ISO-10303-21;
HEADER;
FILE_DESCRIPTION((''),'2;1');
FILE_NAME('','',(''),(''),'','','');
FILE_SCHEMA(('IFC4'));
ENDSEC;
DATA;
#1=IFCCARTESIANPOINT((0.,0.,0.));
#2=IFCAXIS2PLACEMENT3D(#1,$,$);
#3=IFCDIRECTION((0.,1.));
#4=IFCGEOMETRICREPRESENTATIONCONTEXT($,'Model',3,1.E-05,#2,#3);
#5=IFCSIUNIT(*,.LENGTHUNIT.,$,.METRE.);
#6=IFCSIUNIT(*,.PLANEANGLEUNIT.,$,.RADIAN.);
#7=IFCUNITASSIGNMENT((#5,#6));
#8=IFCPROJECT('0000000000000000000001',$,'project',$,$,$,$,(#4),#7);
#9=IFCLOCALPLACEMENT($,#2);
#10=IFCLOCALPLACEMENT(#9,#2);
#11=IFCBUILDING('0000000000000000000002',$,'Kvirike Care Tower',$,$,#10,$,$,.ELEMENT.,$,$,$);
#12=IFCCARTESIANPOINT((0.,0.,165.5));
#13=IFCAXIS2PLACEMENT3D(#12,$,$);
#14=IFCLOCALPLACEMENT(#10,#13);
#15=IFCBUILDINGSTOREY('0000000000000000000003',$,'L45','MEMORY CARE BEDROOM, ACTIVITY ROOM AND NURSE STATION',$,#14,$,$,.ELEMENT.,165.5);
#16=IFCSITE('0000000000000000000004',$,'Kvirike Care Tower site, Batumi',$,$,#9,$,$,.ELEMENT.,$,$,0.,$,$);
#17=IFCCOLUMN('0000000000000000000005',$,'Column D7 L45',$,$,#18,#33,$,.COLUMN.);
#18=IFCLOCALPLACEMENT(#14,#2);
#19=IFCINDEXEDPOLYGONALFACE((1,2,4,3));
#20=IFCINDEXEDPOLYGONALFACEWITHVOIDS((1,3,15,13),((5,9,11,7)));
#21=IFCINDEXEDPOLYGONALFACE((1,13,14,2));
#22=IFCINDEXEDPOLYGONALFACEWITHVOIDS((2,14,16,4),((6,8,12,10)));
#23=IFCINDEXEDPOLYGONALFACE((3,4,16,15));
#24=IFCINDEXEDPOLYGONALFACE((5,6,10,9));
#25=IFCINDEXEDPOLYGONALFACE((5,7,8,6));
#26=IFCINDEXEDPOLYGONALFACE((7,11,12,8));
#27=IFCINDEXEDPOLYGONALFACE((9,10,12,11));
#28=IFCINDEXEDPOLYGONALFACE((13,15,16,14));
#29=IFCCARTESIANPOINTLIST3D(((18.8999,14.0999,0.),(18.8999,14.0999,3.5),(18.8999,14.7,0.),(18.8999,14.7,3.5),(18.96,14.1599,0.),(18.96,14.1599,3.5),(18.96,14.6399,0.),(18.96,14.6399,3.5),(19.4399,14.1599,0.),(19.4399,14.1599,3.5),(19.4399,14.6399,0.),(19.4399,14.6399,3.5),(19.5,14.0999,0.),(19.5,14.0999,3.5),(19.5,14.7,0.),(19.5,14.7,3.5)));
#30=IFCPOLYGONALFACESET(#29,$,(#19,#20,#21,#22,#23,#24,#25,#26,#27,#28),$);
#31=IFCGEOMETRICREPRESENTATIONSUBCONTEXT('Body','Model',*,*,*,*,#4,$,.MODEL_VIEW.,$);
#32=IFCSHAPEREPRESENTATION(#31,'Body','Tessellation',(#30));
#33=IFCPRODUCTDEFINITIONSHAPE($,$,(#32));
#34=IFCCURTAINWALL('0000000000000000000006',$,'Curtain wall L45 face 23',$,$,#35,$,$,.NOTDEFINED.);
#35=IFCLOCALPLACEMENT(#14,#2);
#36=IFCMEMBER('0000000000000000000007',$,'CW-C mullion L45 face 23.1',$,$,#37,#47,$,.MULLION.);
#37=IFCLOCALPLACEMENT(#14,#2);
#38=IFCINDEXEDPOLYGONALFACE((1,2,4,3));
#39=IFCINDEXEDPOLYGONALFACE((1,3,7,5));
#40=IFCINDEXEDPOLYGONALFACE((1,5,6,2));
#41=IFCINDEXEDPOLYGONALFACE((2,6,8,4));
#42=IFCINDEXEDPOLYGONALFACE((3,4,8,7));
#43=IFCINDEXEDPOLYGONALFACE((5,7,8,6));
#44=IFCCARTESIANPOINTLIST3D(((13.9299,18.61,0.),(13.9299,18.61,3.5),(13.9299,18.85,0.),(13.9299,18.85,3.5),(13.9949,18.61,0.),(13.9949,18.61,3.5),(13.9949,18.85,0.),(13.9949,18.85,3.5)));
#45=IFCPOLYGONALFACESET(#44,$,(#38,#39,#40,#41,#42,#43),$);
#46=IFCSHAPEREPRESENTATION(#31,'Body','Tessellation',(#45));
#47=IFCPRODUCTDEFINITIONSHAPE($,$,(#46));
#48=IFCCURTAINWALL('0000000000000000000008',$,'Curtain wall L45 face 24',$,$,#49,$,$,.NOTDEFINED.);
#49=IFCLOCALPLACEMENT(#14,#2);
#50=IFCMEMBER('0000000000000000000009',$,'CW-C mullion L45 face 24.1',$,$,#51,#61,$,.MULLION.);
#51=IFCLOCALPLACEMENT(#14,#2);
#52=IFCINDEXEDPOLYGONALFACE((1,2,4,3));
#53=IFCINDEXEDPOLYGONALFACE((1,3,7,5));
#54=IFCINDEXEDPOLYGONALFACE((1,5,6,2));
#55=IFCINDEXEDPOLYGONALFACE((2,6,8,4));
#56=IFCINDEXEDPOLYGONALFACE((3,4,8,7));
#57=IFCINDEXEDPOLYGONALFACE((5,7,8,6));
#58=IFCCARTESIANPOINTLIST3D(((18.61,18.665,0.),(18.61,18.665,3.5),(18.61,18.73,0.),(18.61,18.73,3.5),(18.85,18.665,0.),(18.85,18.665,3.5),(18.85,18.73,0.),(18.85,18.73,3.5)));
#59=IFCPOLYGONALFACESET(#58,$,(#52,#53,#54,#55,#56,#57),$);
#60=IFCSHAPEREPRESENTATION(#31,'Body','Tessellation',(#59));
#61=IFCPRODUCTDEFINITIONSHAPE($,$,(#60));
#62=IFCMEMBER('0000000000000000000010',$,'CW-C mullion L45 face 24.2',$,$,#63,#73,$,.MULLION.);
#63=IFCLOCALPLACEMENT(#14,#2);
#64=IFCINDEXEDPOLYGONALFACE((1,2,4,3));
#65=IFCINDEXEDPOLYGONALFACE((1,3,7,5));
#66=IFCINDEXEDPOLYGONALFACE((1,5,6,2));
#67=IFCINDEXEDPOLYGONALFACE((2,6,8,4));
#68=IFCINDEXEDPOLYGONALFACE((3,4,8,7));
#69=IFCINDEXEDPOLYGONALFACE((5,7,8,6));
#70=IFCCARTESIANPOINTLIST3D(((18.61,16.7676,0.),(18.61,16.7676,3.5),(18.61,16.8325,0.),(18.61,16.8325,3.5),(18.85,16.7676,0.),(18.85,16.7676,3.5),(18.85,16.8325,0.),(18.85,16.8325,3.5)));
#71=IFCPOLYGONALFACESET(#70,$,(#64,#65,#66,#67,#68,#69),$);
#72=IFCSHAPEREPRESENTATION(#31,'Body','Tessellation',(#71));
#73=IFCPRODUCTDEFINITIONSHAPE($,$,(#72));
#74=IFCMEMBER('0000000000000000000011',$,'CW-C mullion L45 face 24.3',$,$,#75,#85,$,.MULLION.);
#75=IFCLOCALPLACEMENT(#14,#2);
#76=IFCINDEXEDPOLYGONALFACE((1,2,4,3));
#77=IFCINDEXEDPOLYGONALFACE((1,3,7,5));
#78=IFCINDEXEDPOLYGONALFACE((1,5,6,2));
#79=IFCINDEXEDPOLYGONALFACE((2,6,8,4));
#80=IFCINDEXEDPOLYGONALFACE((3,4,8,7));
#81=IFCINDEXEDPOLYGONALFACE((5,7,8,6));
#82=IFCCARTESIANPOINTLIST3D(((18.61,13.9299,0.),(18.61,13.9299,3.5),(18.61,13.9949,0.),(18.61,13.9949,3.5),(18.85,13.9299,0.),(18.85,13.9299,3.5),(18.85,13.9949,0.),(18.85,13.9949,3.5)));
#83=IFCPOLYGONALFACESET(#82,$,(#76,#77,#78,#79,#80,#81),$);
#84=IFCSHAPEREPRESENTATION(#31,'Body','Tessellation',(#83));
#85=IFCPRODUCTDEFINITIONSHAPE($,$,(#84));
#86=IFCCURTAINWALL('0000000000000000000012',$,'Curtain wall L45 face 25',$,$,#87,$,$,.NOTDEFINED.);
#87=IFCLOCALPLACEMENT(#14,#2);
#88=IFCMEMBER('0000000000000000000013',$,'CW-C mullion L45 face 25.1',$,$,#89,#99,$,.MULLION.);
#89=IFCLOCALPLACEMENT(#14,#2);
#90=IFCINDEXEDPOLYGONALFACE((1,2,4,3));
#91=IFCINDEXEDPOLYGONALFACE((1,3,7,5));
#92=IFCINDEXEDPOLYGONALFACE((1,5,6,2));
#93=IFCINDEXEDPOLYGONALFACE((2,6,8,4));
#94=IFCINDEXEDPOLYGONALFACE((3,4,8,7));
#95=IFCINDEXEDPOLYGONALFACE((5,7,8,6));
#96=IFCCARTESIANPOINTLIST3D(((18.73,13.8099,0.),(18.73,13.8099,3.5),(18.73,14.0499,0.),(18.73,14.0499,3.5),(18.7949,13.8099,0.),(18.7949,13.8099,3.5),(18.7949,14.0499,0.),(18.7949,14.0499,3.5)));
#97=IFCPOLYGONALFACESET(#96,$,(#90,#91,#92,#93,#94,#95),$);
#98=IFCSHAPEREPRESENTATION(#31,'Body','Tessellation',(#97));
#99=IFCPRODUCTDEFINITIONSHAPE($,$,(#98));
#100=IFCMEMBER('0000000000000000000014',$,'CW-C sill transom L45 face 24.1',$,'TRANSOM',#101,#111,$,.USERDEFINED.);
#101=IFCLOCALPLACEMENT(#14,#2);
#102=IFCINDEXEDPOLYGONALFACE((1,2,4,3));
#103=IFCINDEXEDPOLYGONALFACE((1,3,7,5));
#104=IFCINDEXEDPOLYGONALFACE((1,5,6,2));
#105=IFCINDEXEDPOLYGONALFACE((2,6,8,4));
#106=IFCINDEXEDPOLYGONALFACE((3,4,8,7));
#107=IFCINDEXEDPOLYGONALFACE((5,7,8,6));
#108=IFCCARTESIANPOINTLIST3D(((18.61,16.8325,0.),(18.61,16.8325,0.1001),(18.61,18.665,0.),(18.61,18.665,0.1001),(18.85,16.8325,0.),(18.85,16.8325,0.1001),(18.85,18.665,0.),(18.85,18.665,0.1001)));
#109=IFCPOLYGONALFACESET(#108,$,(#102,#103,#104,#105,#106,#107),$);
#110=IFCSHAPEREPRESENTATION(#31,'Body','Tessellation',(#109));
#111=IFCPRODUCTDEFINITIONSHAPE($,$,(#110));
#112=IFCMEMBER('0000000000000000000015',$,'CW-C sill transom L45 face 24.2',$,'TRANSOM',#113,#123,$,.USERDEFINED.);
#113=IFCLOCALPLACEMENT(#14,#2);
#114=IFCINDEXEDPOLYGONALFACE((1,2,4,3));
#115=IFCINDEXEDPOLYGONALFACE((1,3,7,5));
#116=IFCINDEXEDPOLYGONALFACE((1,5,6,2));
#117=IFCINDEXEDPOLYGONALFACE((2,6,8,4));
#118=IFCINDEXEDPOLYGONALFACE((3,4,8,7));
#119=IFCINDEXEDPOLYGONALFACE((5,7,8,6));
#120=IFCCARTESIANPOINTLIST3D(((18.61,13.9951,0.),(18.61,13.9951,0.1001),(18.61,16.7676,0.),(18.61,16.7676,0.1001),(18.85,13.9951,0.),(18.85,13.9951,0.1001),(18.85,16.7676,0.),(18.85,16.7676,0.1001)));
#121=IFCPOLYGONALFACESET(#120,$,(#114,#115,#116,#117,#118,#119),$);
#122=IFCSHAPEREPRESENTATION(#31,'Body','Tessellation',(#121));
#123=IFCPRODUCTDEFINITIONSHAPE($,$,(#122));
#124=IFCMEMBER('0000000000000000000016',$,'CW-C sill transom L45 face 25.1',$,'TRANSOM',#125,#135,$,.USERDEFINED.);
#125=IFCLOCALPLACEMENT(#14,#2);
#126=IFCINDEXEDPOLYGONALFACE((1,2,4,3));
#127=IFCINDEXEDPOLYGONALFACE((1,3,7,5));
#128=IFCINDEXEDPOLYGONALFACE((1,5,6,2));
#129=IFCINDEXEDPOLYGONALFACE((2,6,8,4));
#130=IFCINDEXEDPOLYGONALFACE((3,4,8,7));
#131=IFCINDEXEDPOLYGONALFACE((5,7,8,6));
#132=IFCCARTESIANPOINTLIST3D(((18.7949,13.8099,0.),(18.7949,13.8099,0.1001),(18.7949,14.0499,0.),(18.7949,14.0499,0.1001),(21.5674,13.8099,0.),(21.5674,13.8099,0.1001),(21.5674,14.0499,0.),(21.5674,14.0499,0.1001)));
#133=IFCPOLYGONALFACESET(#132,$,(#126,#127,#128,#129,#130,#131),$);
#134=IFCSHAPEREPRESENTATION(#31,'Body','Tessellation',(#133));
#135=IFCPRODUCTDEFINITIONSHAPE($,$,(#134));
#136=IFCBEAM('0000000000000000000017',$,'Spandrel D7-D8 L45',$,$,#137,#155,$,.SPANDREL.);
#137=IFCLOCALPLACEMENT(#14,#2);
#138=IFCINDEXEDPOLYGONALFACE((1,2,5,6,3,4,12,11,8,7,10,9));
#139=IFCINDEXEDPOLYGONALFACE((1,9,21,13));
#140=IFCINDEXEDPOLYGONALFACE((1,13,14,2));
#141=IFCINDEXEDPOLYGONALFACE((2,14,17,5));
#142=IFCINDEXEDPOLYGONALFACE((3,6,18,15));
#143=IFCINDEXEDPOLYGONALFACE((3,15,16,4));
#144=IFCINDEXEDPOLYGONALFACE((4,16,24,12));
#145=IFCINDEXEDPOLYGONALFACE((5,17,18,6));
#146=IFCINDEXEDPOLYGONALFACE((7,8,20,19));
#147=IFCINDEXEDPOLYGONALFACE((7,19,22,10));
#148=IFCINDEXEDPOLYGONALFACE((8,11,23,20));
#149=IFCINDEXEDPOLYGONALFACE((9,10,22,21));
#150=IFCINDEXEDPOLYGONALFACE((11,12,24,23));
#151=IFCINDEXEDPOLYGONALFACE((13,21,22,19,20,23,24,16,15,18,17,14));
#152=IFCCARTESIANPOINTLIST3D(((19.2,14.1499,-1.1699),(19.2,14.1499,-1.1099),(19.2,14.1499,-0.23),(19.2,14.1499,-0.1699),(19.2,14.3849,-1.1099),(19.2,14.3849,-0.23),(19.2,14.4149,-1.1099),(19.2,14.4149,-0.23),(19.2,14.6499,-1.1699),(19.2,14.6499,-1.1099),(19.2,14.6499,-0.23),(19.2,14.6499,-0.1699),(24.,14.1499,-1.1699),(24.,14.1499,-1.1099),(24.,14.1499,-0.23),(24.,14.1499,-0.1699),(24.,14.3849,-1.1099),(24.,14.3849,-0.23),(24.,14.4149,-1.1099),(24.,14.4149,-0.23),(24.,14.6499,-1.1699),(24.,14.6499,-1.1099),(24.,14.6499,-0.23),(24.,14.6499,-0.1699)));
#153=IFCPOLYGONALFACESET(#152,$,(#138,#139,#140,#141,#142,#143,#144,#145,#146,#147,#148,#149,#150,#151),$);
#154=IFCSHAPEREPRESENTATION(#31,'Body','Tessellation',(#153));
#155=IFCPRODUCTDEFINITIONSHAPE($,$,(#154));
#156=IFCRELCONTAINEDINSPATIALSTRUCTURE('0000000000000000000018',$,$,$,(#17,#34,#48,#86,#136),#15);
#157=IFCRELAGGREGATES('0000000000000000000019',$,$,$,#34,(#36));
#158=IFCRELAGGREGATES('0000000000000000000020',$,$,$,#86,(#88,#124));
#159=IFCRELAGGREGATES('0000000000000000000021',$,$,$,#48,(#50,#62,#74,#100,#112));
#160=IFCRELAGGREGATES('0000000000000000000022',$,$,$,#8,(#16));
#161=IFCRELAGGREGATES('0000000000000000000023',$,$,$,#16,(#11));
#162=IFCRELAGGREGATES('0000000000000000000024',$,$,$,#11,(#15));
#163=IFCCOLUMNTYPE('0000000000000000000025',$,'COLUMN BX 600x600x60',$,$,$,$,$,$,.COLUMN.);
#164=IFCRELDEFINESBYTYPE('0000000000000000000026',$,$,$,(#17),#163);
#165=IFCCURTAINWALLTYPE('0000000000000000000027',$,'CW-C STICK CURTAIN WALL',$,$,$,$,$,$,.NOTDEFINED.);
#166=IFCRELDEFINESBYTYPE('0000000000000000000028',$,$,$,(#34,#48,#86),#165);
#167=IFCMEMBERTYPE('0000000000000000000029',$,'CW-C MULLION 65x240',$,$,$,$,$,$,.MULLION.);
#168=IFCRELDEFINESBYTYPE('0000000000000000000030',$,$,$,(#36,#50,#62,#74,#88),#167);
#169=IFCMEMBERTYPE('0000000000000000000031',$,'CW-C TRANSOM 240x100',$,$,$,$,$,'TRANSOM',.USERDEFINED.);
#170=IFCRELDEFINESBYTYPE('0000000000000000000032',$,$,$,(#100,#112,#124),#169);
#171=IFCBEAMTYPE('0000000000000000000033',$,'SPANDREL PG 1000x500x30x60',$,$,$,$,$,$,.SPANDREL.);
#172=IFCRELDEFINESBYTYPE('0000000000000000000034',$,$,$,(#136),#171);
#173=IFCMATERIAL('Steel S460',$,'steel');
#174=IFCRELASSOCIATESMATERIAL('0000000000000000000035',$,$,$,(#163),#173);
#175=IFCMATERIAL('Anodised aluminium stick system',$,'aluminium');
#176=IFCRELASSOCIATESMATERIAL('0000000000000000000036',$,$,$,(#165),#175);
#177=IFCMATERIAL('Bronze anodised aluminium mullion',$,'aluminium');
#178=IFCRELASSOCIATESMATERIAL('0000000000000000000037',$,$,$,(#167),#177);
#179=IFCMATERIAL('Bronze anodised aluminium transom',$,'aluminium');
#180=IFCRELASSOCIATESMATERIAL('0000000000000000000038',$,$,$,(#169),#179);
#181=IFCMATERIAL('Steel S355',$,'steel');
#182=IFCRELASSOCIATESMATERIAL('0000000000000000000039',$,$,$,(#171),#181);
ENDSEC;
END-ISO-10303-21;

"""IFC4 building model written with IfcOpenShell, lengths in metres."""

from ifc_helpers import new_model, si_unit, direction, frame, origin, origin_2d, place, context, subcontext, project, spatial, rectangle, hollow_rectangle, i_section, extrude, material, material_profile, profile_set, type_object, element, aggregate, save


model = new_model("IFC4")

# Units and contexts
model_context = context("Model", 3, precision=1e-05, world=origin(), true_north=direction((0.0, 1.0)))
body_context = subcontext(model_context, "Body", "Model", "MODEL_VIEW")
ifc_project = project(units=[si_unit("LENGTHUNIT", "METRE"), si_unit("PLANEANGLEUNIT", "RADIAN")], contexts=[model_context])

# Site, building, storey
site_placement = place(None, origin())
site = spatial("IfcSite", under=ifc_project, at=site_placement, Name="Kvirike Care Tower site, Batumi", CompositionType="ELEMENT", RefElevation=0.0)
building_placement = place(site_placement, origin())
building = spatial("IfcBuilding", under=site, at=building_placement, Name="Kvirike Care Tower", CompositionType="ELEMENT")
storey_placement = place(building_placement, frame((0.0, 0.0, 165.5)))
storey = spatial("IfcBuildingStorey", under=building, at=storey_placement, Name="L45", Description="MEMORY CARE BEDROOM, ACTIVITY ROOM AND NURSE STATION", CompositionType="ELEMENT", Elevation=165.5)

# Column
ifc_material_1 = material(Name="Steel S460", Category="steel")
ifc_material_profile_1 = material_profile(ifc_material_1, hollow_rectangle(XDim=0.6001, YDim=0.6001, WallThickness=0.0601, at=origin_2d()), Name="BX 600x600x60")
ifc_profile_set_1 = profile_set([ifc_material_profile_1], Name="Steel S460")
column_type = type_object("IfcColumnType", Name="COLUMN BX 600x600x60", PredefinedType="COLUMN", material=ifc_profile_set_1)
column_placement = place(storey_placement, frame((19.2, 14.3999, 0.0), z_axis=(0.0, 0.0, 1.0), x_axis=(0.0, 1.0, 0.0)))
element("IfcColumn", 1, at=column_placement, inside=storey, type_object=column_type, Name="Column D7 L45", PredefinedType="COLUMN", context=body_context, shape_type="SweptSolid", body=[
    extrude(hollow_rectangle(XDim=0.6001, YDim=0.6001, WallThickness=0.0601, at=origin_2d()), origin(), (0.0, 0.0, 1.0), 3.5),
])

# Curtain wall, member
ifc_material_2 = material(Name="Anodised aluminium stick system", Category="aluminium")
curtain_wall_type = type_object("IfcCurtainWallType", Name="CW-C STICK CURTAIN WALL", PredefinedType="NOTDEFINED", material=ifc_material_2)
curtain_wall_1_placement = place(storey_placement, origin())
curtain_wall_1 = element("IfcCurtainWall", 2, at=curtain_wall_1_placement, inside=storey, type_object=curtain_wall_type, Name="Curtain wall L45 face 23", PredefinedType="NOTDEFINED")
ifc_material_3 = material(Name="Bronze anodised aluminium mullion", Category="aluminium")
ifc_material_profile_2 = material_profile(ifc_material_3, rectangle(XDim=0.0649, YDim=0.24, at=origin_2d()), Name="CW-C MULLION 65x240")
ifc_profile_set_2 = profile_set([ifc_material_profile_2], Name="Bronze anodised aluminium mullion")
member_type_1 = type_object("IfcMemberType", Name="CW-C MULLION 65x240", PredefinedType="MULLION", material=ifc_profile_set_2)
member_1_placement = place(storey_placement, frame((13.9624, 18.73, 0.0), z_axis=(0.0, 0.0, 1.0), x_axis=(1.0, 0.0, 0.0)))
member_1 = element("IfcMember", 3, at=member_1_placement, type_object=member_type_1, Name="CW-C mullion L45 face 23.1", PredefinedType="MULLION", context=body_context, shape_type="SweptSolid", body=[
    extrude(rectangle(XDim=0.0649, YDim=0.24, at=origin_2d()), origin(), (0.0, 0.0, 1.0), 3.5),
])
aggregate(curtain_wall_1, [member_1])

# Curtain wall, members
curtain_wall_2_placement = place(storey_placement, origin())
curtain_wall_2 = element("IfcCurtainWall", 4, at=curtain_wall_2_placement, inside=storey, type_object=curtain_wall_type, Name="Curtain wall L45 face 24", PredefinedType="NOTDEFINED")
member_2_placement = place(storey_placement, frame((18.73, 18.6975, 0.0), z_axis=(0.0, 0.0, 1.0), x_axis=(0.0, -1.0, 0.0)))
member_2 = element("IfcMember", 5, at=member_2_placement, type_object=member_type_1, Name="CW-C mullion L45 face 24.1", PredefinedType="MULLION", context=body_context, shape_type="SweptSolid", body=[
    extrude(rectangle(XDim=0.0649, YDim=0.24, at=origin_2d()), origin(), (0.0, 0.0, 1.0), 3.5),
])
member_3_placement = place(storey_placement, frame((18.73, 16.8, 0.0), z_axis=(0.0, 0.0, 1.0), x_axis=(0.0, -1.0, 0.0)))
member_3 = element("IfcMember", 6, at=member_3_placement, type_object=member_type_1, Name="CW-C mullion L45 face 24.2", PredefinedType="MULLION", context=body_context, shape_type="SweptSolid", body=[
    extrude(rectangle(XDim=0.0649, YDim=0.24, at=origin_2d()), origin(), (0.0, 0.0, 1.0), 3.5),
])
member_4_placement = place(storey_placement, frame((18.73, 13.9624, 0.0), z_axis=(0.0, 0.0, 1.0), x_axis=(0.0, -1.0, 0.0)))
member_4 = element("IfcMember", 7, at=member_4_placement, type_object=member_type_1, Name="CW-C mullion L45 face 24.3", PredefinedType="MULLION", context=body_context, shape_type="SweptSolid", body=[
    extrude(rectangle(XDim=0.0649, YDim=0.24, at=origin_2d()), origin(), (0.0, 0.0, 1.0), 3.5),
])

# Curtain wall, member
curtain_wall_3_placement = place(storey_placement, origin())
curtain_wall_3 = element("IfcCurtainWall", 8, at=curtain_wall_3_placement, inside=storey, type_object=curtain_wall_type, Name="Curtain wall L45 face 25", PredefinedType="NOTDEFINED")
member_5_placement = place(storey_placement, frame((18.7625, 13.9299, 0.0), z_axis=(0.0, 0.0, 1.0), x_axis=(1.0, 0.0, 0.0)))
member_5 = element("IfcMember", 9, at=member_5_placement, type_object=member_type_1, Name="CW-C mullion L45 face 25.1", PredefinedType="MULLION", context=body_context, shape_type="SweptSolid", body=[
    extrude(rectangle(XDim=0.0649, YDim=0.24, at=origin_2d()), origin(), (0.0, 0.0, 1.0), 3.5),
])

# Members
ifc_material_4 = material(Name="Bronze anodised aluminium transom", Category="aluminium")
ifc_material_profile_3 = material_profile(ifc_material_4, rectangle(XDim=0.24, YDim=0.1001, at=origin_2d()), Name="CW-C TRANSOM 240x100")
ifc_profile_set_3 = profile_set([ifc_material_profile_3], Name="Bronze anodised aluminium transom")
member_type_2 = type_object("IfcMemberType", Name="CW-C TRANSOM 240x100", ElementType="TRANSOM", PredefinedType="USERDEFINED", material=ifc_profile_set_3)
member_6_placement = place(storey_placement, frame((18.73, 18.665, 0.05), z_axis=(0.0, -1.0, 0.0), x_axis=(1.0, 0.0, 0.0)))
member_6 = element("IfcMember", 10, at=member_6_placement, type_object=member_type_2, Name="CW-C sill transom L45 face 24.1", ObjectType="TRANSOM", PredefinedType="USERDEFINED", context=body_context, shape_type="SweptSolid", body=[
    extrude(rectangle(XDim=0.24, YDim=0.1001, at=origin_2d()), origin(), (0.0, 0.0, 1.0), 1.8325),
])
member_7_placement = place(storey_placement, frame((18.73, 16.7676, 0.05), z_axis=(0.0, -1.0, 0.0), x_axis=(1.0, 0.0, 0.0)))
member_7 = element("IfcMember", 11, at=member_7_placement, type_object=member_type_2, Name="CW-C sill transom L45 face 24.2", ObjectType="TRANSOM", PredefinedType="USERDEFINED", context=body_context, shape_type="SweptSolid", body=[
    extrude(rectangle(XDim=0.24, YDim=0.1001, at=origin_2d()), origin(), (0.0, 0.0, 1.0), 2.7725),
])
member_8_placement = place(storey_placement, frame((18.7949, 13.9299, 0.05), z_axis=(1.0, 0.0, 0.0), x_axis=(0.0, 1.0, 0.0)))
member_8 = element("IfcMember", 12, at=member_8_placement, type_object=member_type_2, Name="CW-C sill transom L45 face 25.1", ObjectType="TRANSOM", PredefinedType="USERDEFINED", context=body_context, shape_type="SweptSolid", body=[
    extrude(rectangle(XDim=0.24, YDim=0.1001, at=origin_2d()), origin(), (0.0, 0.0, 1.0), 2.7725),
])
aggregate(curtain_wall_3, [member_5, member_8])

# Beam
ifc_material_5 = material(Name="Steel S355", Category="steel")
ifc_material_profile_4 = material_profile(ifc_material_5, i_section(OverallWidth=0.5, OverallDepth=1.0, WebThickness=0.03, FlangeThickness=0.0601, at=origin_2d()), Name="PG 1000x500x30x60")
ifc_profile_set_4 = profile_set([ifc_material_profile_4], Name="Steel S355")
beam_type = type_object("IfcBeamType", Name="SPANDREL PG 1000x500x30x60", PredefinedType="SPANDREL", material=ifc_profile_set_4)
beam_placement = place(storey_placement, frame((19.2, 14.3999, -0.6699), z_axis=(1.0, 0.0, 0.0), x_axis=(0.0, 1.0, 0.0)))
element("IfcBeam", 13, at=beam_placement, inside=storey, type_object=beam_type, Name="Spandrel D7-D8 L45", PredefinedType="SPANDREL", context=body_context, shape_type="SweptSolid", body=[
    extrude(i_section(OverallWidth=0.5, OverallDepth=1.0, WebThickness=0.03, FlangeThickness=0.0601, at=origin_2d()), origin(), (0.0, 0.0, 1.0), 4.8),
])

aggregate(curtain_wall_2, [member_2, member_3, member_4, member_6, member_7])

save(model, "model.ifc")
